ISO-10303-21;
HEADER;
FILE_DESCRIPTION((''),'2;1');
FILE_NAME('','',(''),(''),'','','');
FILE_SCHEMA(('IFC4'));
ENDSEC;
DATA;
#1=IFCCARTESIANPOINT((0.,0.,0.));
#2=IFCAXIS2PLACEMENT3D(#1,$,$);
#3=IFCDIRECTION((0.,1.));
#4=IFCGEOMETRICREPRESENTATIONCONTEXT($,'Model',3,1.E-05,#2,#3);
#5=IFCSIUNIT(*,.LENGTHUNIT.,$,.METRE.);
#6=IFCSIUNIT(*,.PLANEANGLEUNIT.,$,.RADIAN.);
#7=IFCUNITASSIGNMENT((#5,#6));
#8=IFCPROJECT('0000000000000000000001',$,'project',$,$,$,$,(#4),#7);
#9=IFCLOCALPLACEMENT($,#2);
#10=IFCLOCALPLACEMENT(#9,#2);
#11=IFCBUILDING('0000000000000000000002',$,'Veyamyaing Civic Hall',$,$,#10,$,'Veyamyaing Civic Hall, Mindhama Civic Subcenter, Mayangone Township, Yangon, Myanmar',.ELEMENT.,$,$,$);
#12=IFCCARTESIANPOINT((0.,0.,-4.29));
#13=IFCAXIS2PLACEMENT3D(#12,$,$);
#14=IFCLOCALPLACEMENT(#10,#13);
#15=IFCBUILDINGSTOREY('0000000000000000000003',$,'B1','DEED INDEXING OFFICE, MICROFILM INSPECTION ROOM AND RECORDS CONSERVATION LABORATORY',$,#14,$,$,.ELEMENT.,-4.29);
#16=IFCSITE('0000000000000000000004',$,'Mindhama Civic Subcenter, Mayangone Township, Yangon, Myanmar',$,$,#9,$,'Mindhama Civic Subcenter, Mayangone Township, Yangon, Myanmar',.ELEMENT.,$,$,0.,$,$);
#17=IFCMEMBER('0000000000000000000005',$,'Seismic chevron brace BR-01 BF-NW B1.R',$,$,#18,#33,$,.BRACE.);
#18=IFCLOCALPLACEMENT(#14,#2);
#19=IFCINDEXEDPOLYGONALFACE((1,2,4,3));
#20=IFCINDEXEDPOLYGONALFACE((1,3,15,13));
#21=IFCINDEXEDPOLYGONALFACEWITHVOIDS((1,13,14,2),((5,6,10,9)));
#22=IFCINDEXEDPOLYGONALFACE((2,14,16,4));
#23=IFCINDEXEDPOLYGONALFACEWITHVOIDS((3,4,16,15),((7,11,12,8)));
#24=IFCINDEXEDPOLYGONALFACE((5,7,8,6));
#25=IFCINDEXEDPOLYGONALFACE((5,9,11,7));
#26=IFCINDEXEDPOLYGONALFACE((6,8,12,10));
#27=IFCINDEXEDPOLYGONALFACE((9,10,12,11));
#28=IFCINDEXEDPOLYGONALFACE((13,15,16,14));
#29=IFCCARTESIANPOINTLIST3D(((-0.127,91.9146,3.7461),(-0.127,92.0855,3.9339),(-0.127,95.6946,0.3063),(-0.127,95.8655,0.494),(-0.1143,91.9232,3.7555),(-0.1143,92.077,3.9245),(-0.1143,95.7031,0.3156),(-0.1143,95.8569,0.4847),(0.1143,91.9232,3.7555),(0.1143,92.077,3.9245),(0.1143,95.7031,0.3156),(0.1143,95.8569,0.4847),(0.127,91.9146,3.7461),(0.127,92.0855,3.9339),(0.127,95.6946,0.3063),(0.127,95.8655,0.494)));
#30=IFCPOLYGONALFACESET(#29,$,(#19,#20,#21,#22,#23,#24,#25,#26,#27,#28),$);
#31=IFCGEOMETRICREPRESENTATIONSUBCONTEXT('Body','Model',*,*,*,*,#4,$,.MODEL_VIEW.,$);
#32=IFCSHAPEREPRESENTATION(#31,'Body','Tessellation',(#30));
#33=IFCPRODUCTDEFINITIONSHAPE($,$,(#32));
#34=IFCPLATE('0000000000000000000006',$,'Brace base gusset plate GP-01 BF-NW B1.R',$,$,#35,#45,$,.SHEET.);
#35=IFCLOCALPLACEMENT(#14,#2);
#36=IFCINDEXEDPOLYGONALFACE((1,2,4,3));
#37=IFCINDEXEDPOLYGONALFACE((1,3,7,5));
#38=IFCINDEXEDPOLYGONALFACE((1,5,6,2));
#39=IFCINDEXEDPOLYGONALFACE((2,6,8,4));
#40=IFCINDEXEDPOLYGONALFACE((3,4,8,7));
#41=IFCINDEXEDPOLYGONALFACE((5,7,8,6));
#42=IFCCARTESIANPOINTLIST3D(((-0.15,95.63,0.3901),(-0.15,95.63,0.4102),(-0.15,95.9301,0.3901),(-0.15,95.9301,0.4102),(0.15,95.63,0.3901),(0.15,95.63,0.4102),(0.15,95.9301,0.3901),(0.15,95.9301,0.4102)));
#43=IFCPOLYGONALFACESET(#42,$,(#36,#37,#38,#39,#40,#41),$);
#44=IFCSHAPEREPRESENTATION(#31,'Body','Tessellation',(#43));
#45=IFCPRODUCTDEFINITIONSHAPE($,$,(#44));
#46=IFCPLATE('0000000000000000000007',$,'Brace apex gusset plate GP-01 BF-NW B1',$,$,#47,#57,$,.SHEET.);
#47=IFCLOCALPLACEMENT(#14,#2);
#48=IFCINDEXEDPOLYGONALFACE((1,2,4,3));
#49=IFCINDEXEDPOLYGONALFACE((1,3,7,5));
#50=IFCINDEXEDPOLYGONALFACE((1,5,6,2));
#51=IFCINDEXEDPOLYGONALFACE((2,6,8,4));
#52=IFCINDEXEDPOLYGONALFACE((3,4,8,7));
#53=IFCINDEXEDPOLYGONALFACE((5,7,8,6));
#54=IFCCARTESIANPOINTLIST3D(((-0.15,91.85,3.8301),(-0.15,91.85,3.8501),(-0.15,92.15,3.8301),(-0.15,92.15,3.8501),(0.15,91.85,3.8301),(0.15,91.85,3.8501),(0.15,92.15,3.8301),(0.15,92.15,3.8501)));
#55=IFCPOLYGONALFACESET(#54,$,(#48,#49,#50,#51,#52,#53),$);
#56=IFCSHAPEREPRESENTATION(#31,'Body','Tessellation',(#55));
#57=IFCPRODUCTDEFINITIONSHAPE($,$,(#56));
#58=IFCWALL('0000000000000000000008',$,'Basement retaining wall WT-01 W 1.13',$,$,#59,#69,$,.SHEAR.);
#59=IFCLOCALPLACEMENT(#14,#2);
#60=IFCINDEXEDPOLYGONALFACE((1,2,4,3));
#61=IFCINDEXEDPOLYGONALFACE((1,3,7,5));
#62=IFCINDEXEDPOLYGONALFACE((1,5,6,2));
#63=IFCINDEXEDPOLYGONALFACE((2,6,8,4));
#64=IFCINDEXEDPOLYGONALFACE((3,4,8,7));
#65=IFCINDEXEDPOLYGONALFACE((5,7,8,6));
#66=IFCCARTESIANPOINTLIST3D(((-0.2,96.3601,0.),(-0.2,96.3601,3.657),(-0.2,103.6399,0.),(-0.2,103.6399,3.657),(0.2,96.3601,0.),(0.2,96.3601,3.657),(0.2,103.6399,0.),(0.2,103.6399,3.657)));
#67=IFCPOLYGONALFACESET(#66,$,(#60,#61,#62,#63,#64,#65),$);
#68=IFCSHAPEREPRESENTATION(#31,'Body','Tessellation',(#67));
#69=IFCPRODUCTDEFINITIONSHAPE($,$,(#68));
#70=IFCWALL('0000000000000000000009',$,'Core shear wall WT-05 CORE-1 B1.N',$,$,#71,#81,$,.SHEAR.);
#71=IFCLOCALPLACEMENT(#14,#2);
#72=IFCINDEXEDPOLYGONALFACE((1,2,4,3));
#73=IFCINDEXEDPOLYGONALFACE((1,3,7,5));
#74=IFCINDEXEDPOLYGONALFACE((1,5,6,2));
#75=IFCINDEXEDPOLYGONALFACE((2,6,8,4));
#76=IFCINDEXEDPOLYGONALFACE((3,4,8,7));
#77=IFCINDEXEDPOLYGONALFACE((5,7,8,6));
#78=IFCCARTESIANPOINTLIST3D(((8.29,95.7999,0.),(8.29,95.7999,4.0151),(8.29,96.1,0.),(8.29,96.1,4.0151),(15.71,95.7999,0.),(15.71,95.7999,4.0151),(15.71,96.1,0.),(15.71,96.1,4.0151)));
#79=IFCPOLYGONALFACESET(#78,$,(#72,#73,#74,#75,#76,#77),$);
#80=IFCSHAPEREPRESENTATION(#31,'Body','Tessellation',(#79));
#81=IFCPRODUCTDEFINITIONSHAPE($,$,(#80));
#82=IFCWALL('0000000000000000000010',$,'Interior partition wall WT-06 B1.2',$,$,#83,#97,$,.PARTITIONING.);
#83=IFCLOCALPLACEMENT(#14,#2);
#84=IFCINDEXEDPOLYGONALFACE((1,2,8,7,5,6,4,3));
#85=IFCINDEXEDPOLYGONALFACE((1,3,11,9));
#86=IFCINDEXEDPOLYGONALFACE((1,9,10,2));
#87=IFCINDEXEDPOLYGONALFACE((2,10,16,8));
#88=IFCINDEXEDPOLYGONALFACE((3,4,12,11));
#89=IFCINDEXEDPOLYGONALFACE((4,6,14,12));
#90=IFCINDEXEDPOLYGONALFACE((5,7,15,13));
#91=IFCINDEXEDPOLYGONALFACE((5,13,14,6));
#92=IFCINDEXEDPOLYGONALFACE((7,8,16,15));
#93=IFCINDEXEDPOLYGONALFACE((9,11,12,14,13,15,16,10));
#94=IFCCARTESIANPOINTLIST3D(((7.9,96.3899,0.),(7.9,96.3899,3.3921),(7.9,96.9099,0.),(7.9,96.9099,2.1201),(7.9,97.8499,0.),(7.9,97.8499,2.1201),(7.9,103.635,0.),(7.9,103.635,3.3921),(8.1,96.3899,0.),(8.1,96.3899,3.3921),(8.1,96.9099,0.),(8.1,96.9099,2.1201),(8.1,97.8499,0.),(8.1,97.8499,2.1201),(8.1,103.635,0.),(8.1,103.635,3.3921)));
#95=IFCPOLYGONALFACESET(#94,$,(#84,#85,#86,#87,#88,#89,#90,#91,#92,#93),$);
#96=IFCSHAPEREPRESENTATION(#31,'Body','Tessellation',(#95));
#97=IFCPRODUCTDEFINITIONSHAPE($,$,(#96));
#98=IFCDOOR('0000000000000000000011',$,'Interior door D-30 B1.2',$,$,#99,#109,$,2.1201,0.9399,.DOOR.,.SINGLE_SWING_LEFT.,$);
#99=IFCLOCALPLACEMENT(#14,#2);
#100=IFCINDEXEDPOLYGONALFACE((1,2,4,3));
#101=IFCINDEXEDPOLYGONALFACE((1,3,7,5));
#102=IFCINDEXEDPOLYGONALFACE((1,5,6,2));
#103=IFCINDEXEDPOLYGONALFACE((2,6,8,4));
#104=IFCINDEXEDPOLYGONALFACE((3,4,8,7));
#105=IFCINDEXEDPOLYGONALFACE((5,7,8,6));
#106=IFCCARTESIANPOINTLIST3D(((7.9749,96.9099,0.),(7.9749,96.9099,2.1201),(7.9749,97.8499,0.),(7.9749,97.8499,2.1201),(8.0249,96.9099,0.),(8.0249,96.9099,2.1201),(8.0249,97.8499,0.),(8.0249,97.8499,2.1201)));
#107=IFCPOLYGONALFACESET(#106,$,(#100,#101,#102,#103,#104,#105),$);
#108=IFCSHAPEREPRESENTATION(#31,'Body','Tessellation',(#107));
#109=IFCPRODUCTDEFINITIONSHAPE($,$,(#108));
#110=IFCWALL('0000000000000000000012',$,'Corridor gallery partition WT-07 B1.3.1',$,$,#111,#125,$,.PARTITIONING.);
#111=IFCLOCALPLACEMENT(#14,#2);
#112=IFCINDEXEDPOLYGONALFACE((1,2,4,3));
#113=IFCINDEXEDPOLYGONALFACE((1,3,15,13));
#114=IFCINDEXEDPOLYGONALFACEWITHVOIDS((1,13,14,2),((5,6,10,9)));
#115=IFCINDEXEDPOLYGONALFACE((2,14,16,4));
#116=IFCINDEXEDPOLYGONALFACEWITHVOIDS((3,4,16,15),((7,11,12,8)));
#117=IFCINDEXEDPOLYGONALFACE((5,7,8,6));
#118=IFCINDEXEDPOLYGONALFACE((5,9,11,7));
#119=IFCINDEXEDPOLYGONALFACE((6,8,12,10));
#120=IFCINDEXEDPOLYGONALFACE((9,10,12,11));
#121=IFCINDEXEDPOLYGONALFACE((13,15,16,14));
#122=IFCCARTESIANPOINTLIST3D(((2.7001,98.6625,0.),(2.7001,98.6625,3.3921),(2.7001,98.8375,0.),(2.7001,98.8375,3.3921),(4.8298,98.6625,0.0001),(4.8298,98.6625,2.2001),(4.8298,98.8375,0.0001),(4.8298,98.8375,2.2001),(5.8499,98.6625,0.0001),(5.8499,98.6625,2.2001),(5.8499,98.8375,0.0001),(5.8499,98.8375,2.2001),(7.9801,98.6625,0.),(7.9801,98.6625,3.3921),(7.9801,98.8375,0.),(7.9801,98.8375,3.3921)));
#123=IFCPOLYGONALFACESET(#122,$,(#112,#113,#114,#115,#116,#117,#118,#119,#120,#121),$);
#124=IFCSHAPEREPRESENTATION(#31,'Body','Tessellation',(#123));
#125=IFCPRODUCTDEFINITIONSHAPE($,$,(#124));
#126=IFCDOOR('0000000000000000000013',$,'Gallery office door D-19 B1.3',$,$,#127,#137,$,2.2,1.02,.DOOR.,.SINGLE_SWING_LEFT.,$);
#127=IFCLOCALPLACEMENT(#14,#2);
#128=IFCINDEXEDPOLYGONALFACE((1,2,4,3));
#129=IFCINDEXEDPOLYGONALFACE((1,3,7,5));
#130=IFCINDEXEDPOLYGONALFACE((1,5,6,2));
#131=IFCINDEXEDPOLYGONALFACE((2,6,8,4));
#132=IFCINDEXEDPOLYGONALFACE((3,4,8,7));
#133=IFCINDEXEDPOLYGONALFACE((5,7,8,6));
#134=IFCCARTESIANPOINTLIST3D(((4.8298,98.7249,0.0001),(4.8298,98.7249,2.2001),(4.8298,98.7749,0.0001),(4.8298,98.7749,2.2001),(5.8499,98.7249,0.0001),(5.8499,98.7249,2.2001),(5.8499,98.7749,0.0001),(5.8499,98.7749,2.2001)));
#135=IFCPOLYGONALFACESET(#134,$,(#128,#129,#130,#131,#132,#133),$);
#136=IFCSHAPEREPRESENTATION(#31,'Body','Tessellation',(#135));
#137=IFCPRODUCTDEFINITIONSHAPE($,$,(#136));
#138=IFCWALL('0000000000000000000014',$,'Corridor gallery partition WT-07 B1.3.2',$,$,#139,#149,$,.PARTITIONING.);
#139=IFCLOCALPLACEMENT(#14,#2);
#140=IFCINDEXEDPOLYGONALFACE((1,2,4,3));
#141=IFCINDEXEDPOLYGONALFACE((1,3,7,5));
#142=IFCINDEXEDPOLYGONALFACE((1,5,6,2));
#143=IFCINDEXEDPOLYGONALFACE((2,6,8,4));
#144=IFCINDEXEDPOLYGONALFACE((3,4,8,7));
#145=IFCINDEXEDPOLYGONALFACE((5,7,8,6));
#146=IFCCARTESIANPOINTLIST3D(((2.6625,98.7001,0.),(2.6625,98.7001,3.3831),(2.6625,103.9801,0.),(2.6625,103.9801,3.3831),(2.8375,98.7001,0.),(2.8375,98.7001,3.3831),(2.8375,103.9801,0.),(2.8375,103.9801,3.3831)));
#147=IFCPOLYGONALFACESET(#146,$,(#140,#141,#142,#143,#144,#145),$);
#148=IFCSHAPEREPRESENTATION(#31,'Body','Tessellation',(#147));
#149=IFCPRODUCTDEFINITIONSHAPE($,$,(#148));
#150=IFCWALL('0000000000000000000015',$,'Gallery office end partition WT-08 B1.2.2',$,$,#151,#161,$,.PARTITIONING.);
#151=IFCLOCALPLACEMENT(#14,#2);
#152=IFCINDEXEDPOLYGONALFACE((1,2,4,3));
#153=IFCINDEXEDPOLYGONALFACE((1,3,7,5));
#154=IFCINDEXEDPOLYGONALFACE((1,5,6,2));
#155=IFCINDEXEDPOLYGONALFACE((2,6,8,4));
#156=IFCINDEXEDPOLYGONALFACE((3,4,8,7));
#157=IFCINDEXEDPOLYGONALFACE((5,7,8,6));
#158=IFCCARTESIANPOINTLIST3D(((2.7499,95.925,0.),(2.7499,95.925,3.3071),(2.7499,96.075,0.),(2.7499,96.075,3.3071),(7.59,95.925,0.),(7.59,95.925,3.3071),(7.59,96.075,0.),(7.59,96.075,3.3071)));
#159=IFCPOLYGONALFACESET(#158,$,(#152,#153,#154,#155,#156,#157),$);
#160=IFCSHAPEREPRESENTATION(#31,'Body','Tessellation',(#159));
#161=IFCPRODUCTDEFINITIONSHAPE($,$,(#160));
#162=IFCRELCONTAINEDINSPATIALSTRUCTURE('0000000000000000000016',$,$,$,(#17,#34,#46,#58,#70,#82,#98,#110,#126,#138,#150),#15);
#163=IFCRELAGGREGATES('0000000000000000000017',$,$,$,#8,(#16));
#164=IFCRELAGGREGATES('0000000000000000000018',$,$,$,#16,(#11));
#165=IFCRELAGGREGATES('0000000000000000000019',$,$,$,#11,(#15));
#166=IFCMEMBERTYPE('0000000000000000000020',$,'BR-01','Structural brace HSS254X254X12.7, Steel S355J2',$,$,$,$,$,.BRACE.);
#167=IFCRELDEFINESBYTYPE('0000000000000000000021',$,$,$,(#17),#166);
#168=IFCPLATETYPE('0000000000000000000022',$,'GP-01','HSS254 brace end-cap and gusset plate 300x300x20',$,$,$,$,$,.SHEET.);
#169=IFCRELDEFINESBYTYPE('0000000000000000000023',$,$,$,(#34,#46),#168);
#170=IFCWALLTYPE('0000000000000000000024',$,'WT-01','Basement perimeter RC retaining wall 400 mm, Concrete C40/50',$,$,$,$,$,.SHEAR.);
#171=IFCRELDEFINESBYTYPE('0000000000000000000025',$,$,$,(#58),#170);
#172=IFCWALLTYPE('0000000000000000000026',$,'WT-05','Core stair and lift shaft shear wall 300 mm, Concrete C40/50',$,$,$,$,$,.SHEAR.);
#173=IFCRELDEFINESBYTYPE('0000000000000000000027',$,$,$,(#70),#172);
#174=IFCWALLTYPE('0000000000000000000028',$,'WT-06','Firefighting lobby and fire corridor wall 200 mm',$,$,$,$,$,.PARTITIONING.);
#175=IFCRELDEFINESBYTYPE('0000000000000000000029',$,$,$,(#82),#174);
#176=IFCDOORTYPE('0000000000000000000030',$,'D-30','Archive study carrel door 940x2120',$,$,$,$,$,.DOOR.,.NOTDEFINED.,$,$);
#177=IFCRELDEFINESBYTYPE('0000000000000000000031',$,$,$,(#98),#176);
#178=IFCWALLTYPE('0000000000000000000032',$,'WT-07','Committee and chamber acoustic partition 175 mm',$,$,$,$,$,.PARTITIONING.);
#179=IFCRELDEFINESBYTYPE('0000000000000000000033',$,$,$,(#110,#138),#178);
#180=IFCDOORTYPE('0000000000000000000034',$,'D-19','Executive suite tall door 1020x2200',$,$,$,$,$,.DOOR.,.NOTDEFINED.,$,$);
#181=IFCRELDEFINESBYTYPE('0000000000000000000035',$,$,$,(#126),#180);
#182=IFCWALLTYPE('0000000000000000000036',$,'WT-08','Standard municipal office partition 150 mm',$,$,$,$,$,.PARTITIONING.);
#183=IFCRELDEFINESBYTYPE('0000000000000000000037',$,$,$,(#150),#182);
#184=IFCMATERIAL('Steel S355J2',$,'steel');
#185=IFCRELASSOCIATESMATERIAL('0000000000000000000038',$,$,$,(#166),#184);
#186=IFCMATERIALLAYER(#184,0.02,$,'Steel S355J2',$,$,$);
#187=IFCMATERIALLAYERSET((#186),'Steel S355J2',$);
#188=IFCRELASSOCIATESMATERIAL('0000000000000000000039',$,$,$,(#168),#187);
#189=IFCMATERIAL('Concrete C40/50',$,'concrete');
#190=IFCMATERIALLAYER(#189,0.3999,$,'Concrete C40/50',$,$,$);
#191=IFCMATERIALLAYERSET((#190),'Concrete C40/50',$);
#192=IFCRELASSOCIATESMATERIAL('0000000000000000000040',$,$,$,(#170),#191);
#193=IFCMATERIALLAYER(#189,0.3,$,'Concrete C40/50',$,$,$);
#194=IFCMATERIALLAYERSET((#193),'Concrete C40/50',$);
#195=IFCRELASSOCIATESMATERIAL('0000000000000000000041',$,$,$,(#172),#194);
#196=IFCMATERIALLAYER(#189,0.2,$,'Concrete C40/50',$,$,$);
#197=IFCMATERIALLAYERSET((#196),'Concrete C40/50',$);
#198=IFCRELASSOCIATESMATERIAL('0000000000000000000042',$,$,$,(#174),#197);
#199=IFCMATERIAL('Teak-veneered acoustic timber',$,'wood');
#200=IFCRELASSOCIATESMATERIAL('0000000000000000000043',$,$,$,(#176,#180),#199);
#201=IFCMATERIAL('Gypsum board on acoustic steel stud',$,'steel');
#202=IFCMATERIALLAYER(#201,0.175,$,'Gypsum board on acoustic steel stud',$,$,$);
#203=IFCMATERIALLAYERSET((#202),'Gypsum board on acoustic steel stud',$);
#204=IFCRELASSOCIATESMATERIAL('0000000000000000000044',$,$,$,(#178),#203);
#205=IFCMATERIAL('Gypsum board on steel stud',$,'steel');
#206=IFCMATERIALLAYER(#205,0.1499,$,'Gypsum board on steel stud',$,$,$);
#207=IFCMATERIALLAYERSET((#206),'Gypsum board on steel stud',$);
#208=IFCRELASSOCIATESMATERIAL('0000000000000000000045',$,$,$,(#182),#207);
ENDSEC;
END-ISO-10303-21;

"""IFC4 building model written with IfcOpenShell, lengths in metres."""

from ifc_helpers import new_model, si_unit, direction, frame, frame_2d, origin, origin_2d, place, context, subcontext, project, spatial, rectangle, hollow_rectangle, extrude, material, layer, layer_set, material_profile, profile_set, type_object, element, fill, save


model = new_model("IFC4")

# Units and contexts
model_context = context("Model", 3, precision=1e-05, world=origin(), true_north=direction((0.0, 1.0)))
body_context = subcontext(model_context, "Body", "Model", "MODEL_VIEW")
ifc_project = project(units=[si_unit("LENGTHUNIT", "METRE"), si_unit("PLANEANGLEUNIT", "RADIAN")], contexts=[model_context])

# Site, building, storey
site_placement = place(None, origin())
site = spatial("IfcSite", under=ifc_project, at=site_placement, Name="Mindhama Civic Subcenter, Mayangone Township, Yangon, Myanmar", LongName="Mindhama Civic Subcenter, Mayangone Township, Yangon, Myanmar", CompositionType="ELEMENT", RefElevation=0.0)
building_placement = place(site_placement, origin())
building = spatial("IfcBuilding", under=site, at=building_placement, Name="Veyamyaing Civic Hall", LongName="Veyamyaing Civic Hall, Mindhama Civic Subcenter, Mayangone Township, Yangon, Myanmar", CompositionType="ELEMENT")
storey_placement = place(building_placement, frame((0.0, 0.0, -4.29)))
storey = spatial("IfcBuildingStorey", under=building, at=storey_placement, Name="B1", Description="DEED INDEXING OFFICE, MICROFILM INSPECTION ROOM AND RECORDS CONSERVATION LABORATORY", CompositionType="ELEMENT", Elevation=-4.29)

# Shared definitions
ifc_material_1 = material(Name="Concrete C40/50", Category="concrete")

# Member
ifc_material_2 = material(Name="Steel S355J2", Category="steel")
ifc_material_profile_1 = material_profile(ifc_material_2, hollow_rectangle(XDim=0.2539, YDim=0.2539, WallThickness=0.0127, at=origin_2d()), Name="HSS254X254X12.7")
ifc_profile_set_1 = profile_set([ifc_material_profile_1], Name="Steel S355J2")
member_type = type_object("IfcMemberType", Name="BR-01", Description="Structural brace HSS254X254X12.7, Steel S355J2", PredefinedType="BRACE", material=ifc_profile_set_1)
member_placement = place(storey_placement, frame((0.0, 95.78, 0.4001), z_axis=(0.0, -0.739594, 0.673053), x_axis=(1.0, 0.0, 0.0)))
element("IfcMember", 1, at=member_placement, inside=storey, type_object=member_type, Name="Seismic chevron brace BR-01 BF-NW B1.R", PredefinedType="BRACE", context=body_context, shape_type="SweptSolid", body=[
    extrude(hollow_rectangle(XDim=0.2539, YDim=0.2539, WallThickness=0.0127, at=origin_2d()), origin(), (0.0, 0.0, 1.0), 5.1108),
])

# Plates
ifc_layer_1 = layer(ifc_material_2, 0.02, Name="Steel S355J2")
ifc_layer_set_1 = layer_set([ifc_layer_1], Name="Steel S355J2")
plate_type = type_object("IfcPlateType", Name="GP-01", Description="HSS254 brace end-cap and gusset plate 300x300x20", PredefinedType="SHEET", material=ifc_layer_set_1)
for number, where, z_axis, x_axis, name in (
    (2, (0.0, 95.78, 0.3901), (0.0, 0.0, 1.0), (1.0, 0.0, 0.0), "Brace base gusset plate GP-01 BF-NW B1.R"),
    (3, (0.0, 92.0, 3.8301), (0.0, 0.0, 1.0), (1.0, 0.0, 0.0), "Brace apex gusset plate GP-01 BF-NW B1"),
):
    element("IfcPlate", number, at=place(storey_placement, frame(where, z_axis=z_axis, x_axis=x_axis)), inside=storey, type_object=plate_type, Name=name, PredefinedType="SHEET", context=body_context, shape_type="SweptSolid", body=[
        extrude(rectangle(XDim=0.3, YDim=0.3, at=origin_2d()), origin(), (0.0, 0.0, 1.0), 0.02),
    ])

# Walls
ifc_layer_2 = layer(ifc_material_1, 0.3999, Name="Concrete C40/50")
ifc_layer_set_2 = layer_set([ifc_layer_2], Name="Concrete C40/50")
wall_type_1 = type_object("IfcWallType", Name="WT-01", Description="Basement perimeter RC retaining wall 400 mm, Concrete C40/50", PredefinedType="SHEAR", material=ifc_layer_set_2)
wall_1_placement = place(storey_placement, frame((0.0, 96.3601, 0.0), z_axis=(0.0, 0.0, 1.0), x_axis=(0.0, 1.0, 0.0)))
element("IfcWall", 4, at=wall_1_placement, inside=storey, type_object=wall_type_1, Name="Basement retaining wall WT-01 W 1.13", PredefinedType="SHEAR", context=body_context, shape_type="SweptSolid", body=[
    extrude(rectangle(XDim=7.2798, YDim=0.3999, at=frame_2d((3.6399, 0.0))), origin(), (0.0, 0.0, 1.0), 3.657),
])
ifc_layer_3 = layer(ifc_material_1, 0.3, Name="Concrete C40/50")
ifc_layer_set_3 = layer_set([ifc_layer_3], Name="Concrete C40/50")
wall_type_2 = type_object("IfcWallType", Name="WT-05", Description="Core stair and lift shaft shear wall 300 mm, Concrete C40/50", PredefinedType="SHEAR", material=ifc_layer_set_3)
wall_2_placement = place(storey_placement, frame((8.29, 95.95, 0.0), z_axis=(0.0, 0.0, 1.0), x_axis=(1.0, 0.0, 0.0)))
element("IfcWall", 5, at=wall_2_placement, inside=storey, type_object=wall_type_2, Name="Core shear wall WT-05 CORE-1 B1.N", PredefinedType="SHEAR", context=body_context, shape_type="SweptSolid", body=[
    extrude(rectangle(XDim=7.4199, YDim=0.3, at=frame_2d((3.71, 0.0))), origin(), (0.0, 0.0, 1.0), 4.0151),
])

# Walls, openings, doors
ifc_layer_4 = layer(ifc_material_1, 0.2, Name="Concrete C40/50")
ifc_layer_set_4 = layer_set([ifc_layer_4], Name="Concrete C40/50")
wall_type_3 = type_object("IfcWallType", Name="WT-06", Description="Firefighting lobby and fire corridor wall 200 mm", PredefinedType="PARTITIONING", material=ifc_layer_set_4)
wall_3_placement = place(storey_placement, frame((8.0, 96.3899, 0.0), z_axis=(0.0, 0.0, 1.0), x_axis=(0.0, 1.0, 0.0)))
wall_3 = element("IfcWall", 6, at=wall_3_placement, inside=storey, type_object=wall_type_3, Name="Interior partition wall WT-06 B1.2", PredefinedType="PARTITIONING", context=body_context, shape_type="SweptSolid", body=[
    extrude(rectangle(XDim=7.2451, YDim=0.2, at=frame_2d((3.6226, 0.0))), origin(), (0.0, 0.0, 1.0), 3.3921),
])
opening_1_placement = place(wall_3_placement, frame((0.52, 0.0, 0.0)))
opening_1 = element("IfcOpeningElement", 7, at=opening_1_placement, cuts=wall_3, PredefinedType="OPENING", context=body_context, shape_type="SweptSolid", body=[
    extrude(rectangle(XDim=0.9399, YDim=2.1201, at=frame_2d((0.47, 1.0601))), frame((0.0, 0.1099, 0.0), z_axis=(0.0, -1.0, 0.0), x_axis=(1.0, 0.0, 0.0)), (0.0, 0.0, 1.0), 0.22),
])
ifc_material_3 = material(Name="Teak-veneered acoustic timber", Category="wood")
door_type_1 = type_object("IfcDoorType", Name="D-30", Description="Archive study carrel door 940x2120", OperationType="NOTDEFINED", PredefinedType="DOOR", material=ifc_material_3)
door_1_placement = place(opening_1_placement, frame((0.9399, 0.0, 0.0), z_axis=(0.0, 0.0, 1.0), x_axis=(-1.0, 0.0, 0.0)))
door_1 = element("IfcDoor", 8, at=door_1_placement, inside=storey, type_object=door_type_1, Name="Interior door D-30 B1.2", OperationType="SINGLE_SWING_LEFT", OverallHeight=2.1201, OverallWidth=0.9399, PredefinedType="DOOR", context=body_context, shape_type="SweptSolid", body=[
    extrude(rectangle(XDim=0.9399, YDim=2.1201, at=frame_2d((0.47, 1.0601))), frame((0.0, 0.0249, 0.0), z_axis=(0.0, -1.0, 0.0), x_axis=(1.0, 0.0, 0.0)), (0.0, 0.0, 1.0), 0.05),
])
fill(opening_1, door_1)
ifc_material_4 = material(Name="Gypsum board on acoustic steel stud", Category="steel")
ifc_layer_5 = layer(ifc_material_4, 0.175, Name="Gypsum board on acoustic steel stud")
ifc_layer_set_5 = layer_set([ifc_layer_5], Name="Gypsum board on acoustic steel stud")
wall_type_4 = type_object("IfcWallType", Name="WT-07", Description="Committee and chamber acoustic partition 175 mm", PredefinedType="PARTITIONING", material=ifc_layer_set_5)
wall_4_placement = place(storey_placement, frame((2.7, 98.75, 0.0), z_axis=(0.0, 0.0, 1.0), x_axis=(1.0, 0.0, 0.0)))
wall_4 = element("IfcWall", 9, at=wall_4_placement, inside=storey, type_object=wall_type_4, Name="Corridor gallery partition WT-07 B1.3.1", PredefinedType="PARTITIONING", context=body_context, shape_type="SweptSolid", body=[
    extrude(rectangle(XDim=5.28, YDim=0.175, at=frame_2d((2.6401, 0.0))), origin(), (0.0, 0.0, 1.0), 3.3921),
])
opening_2_placement = place(wall_4_placement, frame((2.1299, 0.0, 0.0)))
opening_2 = element("IfcOpeningElement", 10, at=opening_2_placement, cuts=wall_4, PredefinedType="OPENING", context=body_context, shape_type="SweptSolid", body=[
    extrude(rectangle(XDim=1.02, YDim=2.2, at=frame_2d((0.51, 1.1001))), frame((0.0, 0.0974, 0.0), z_axis=(0.0, -1.0, 0.0), x_axis=(1.0, 0.0, 0.0)), (0.0, 0.0, 1.0), 0.1951),
])
door_type_2 = type_object("IfcDoorType", Name="D-19", Description="Executive suite tall door 1020x2200", OperationType="NOTDEFINED", PredefinedType="DOOR", material=ifc_material_3)
door_2_placement = place(opening_2_placement, origin())
door_2 = element("IfcDoor", 11, at=door_2_placement, inside=storey, type_object=door_type_2, Name="Gallery office door D-19 B1.3", OperationType="SINGLE_SWING_LEFT", OverallHeight=2.2, OverallWidth=1.02, PredefinedType="DOOR", context=body_context, shape_type="SweptSolid", body=[
    extrude(rectangle(XDim=1.02, YDim=2.2, at=frame_2d((0.51, 1.1001))), frame((0.0, 0.0249, 0.0), z_axis=(0.0, -1.0, 0.0), x_axis=(1.0, 0.0, 0.0)), (0.0, 0.0, 1.0), 0.05),
])
fill(opening_2, door_2)

# Walls
wall_5_placement = place(storey_placement, frame((2.75, 98.7, 0.0), z_axis=(0.0, 0.0, 1.0), x_axis=(0.0, 1.0, 0.0)))
element("IfcWall", 12, at=wall_5_placement, inside=storey, type_object=wall_type_4, Name="Corridor gallery partition WT-07 B1.3.2", PredefinedType="PARTITIONING", context=body_context, shape_type="SweptSolid", body=[
    extrude(rectangle(XDim=5.28, YDim=0.175, at=frame_2d((2.6401, 0.0))), origin(), (0.0, 0.0, 1.0), 3.3831),
])
ifc_material_5 = material(Name="Gypsum board on steel stud", Category="steel")
ifc_layer_6 = layer(ifc_material_5, 0.1499, Name="Gypsum board on steel stud")
ifc_layer_set_6 = layer_set([ifc_layer_6], Name="Gypsum board on steel stud")
wall_type_5 = type_object("IfcWallType", Name="WT-08", Description="Standard municipal office partition 150 mm", PredefinedType="PARTITIONING", material=ifc_layer_set_6)
wall_6_placement = place(storey_placement, frame((2.75, 96.0, 0.0), z_axis=(0.0, 0.0, 1.0), x_axis=(1.0, 0.0, 0.0)))
element("IfcWall", 13, at=wall_6_placement, inside=storey, type_object=wall_type_5, Name="Gallery office end partition WT-08 B1.2.2", PredefinedType="PARTITIONING", context=body_context, shape_type="SweptSolid", body=[
    extrude(rectangle(XDim=4.8401, YDim=0.1499, at=frame_2d((2.4199, 0.0))), origin(), (0.0, 0.0, 1.0), 3.3071),
])

save(model, "model.ifc")
